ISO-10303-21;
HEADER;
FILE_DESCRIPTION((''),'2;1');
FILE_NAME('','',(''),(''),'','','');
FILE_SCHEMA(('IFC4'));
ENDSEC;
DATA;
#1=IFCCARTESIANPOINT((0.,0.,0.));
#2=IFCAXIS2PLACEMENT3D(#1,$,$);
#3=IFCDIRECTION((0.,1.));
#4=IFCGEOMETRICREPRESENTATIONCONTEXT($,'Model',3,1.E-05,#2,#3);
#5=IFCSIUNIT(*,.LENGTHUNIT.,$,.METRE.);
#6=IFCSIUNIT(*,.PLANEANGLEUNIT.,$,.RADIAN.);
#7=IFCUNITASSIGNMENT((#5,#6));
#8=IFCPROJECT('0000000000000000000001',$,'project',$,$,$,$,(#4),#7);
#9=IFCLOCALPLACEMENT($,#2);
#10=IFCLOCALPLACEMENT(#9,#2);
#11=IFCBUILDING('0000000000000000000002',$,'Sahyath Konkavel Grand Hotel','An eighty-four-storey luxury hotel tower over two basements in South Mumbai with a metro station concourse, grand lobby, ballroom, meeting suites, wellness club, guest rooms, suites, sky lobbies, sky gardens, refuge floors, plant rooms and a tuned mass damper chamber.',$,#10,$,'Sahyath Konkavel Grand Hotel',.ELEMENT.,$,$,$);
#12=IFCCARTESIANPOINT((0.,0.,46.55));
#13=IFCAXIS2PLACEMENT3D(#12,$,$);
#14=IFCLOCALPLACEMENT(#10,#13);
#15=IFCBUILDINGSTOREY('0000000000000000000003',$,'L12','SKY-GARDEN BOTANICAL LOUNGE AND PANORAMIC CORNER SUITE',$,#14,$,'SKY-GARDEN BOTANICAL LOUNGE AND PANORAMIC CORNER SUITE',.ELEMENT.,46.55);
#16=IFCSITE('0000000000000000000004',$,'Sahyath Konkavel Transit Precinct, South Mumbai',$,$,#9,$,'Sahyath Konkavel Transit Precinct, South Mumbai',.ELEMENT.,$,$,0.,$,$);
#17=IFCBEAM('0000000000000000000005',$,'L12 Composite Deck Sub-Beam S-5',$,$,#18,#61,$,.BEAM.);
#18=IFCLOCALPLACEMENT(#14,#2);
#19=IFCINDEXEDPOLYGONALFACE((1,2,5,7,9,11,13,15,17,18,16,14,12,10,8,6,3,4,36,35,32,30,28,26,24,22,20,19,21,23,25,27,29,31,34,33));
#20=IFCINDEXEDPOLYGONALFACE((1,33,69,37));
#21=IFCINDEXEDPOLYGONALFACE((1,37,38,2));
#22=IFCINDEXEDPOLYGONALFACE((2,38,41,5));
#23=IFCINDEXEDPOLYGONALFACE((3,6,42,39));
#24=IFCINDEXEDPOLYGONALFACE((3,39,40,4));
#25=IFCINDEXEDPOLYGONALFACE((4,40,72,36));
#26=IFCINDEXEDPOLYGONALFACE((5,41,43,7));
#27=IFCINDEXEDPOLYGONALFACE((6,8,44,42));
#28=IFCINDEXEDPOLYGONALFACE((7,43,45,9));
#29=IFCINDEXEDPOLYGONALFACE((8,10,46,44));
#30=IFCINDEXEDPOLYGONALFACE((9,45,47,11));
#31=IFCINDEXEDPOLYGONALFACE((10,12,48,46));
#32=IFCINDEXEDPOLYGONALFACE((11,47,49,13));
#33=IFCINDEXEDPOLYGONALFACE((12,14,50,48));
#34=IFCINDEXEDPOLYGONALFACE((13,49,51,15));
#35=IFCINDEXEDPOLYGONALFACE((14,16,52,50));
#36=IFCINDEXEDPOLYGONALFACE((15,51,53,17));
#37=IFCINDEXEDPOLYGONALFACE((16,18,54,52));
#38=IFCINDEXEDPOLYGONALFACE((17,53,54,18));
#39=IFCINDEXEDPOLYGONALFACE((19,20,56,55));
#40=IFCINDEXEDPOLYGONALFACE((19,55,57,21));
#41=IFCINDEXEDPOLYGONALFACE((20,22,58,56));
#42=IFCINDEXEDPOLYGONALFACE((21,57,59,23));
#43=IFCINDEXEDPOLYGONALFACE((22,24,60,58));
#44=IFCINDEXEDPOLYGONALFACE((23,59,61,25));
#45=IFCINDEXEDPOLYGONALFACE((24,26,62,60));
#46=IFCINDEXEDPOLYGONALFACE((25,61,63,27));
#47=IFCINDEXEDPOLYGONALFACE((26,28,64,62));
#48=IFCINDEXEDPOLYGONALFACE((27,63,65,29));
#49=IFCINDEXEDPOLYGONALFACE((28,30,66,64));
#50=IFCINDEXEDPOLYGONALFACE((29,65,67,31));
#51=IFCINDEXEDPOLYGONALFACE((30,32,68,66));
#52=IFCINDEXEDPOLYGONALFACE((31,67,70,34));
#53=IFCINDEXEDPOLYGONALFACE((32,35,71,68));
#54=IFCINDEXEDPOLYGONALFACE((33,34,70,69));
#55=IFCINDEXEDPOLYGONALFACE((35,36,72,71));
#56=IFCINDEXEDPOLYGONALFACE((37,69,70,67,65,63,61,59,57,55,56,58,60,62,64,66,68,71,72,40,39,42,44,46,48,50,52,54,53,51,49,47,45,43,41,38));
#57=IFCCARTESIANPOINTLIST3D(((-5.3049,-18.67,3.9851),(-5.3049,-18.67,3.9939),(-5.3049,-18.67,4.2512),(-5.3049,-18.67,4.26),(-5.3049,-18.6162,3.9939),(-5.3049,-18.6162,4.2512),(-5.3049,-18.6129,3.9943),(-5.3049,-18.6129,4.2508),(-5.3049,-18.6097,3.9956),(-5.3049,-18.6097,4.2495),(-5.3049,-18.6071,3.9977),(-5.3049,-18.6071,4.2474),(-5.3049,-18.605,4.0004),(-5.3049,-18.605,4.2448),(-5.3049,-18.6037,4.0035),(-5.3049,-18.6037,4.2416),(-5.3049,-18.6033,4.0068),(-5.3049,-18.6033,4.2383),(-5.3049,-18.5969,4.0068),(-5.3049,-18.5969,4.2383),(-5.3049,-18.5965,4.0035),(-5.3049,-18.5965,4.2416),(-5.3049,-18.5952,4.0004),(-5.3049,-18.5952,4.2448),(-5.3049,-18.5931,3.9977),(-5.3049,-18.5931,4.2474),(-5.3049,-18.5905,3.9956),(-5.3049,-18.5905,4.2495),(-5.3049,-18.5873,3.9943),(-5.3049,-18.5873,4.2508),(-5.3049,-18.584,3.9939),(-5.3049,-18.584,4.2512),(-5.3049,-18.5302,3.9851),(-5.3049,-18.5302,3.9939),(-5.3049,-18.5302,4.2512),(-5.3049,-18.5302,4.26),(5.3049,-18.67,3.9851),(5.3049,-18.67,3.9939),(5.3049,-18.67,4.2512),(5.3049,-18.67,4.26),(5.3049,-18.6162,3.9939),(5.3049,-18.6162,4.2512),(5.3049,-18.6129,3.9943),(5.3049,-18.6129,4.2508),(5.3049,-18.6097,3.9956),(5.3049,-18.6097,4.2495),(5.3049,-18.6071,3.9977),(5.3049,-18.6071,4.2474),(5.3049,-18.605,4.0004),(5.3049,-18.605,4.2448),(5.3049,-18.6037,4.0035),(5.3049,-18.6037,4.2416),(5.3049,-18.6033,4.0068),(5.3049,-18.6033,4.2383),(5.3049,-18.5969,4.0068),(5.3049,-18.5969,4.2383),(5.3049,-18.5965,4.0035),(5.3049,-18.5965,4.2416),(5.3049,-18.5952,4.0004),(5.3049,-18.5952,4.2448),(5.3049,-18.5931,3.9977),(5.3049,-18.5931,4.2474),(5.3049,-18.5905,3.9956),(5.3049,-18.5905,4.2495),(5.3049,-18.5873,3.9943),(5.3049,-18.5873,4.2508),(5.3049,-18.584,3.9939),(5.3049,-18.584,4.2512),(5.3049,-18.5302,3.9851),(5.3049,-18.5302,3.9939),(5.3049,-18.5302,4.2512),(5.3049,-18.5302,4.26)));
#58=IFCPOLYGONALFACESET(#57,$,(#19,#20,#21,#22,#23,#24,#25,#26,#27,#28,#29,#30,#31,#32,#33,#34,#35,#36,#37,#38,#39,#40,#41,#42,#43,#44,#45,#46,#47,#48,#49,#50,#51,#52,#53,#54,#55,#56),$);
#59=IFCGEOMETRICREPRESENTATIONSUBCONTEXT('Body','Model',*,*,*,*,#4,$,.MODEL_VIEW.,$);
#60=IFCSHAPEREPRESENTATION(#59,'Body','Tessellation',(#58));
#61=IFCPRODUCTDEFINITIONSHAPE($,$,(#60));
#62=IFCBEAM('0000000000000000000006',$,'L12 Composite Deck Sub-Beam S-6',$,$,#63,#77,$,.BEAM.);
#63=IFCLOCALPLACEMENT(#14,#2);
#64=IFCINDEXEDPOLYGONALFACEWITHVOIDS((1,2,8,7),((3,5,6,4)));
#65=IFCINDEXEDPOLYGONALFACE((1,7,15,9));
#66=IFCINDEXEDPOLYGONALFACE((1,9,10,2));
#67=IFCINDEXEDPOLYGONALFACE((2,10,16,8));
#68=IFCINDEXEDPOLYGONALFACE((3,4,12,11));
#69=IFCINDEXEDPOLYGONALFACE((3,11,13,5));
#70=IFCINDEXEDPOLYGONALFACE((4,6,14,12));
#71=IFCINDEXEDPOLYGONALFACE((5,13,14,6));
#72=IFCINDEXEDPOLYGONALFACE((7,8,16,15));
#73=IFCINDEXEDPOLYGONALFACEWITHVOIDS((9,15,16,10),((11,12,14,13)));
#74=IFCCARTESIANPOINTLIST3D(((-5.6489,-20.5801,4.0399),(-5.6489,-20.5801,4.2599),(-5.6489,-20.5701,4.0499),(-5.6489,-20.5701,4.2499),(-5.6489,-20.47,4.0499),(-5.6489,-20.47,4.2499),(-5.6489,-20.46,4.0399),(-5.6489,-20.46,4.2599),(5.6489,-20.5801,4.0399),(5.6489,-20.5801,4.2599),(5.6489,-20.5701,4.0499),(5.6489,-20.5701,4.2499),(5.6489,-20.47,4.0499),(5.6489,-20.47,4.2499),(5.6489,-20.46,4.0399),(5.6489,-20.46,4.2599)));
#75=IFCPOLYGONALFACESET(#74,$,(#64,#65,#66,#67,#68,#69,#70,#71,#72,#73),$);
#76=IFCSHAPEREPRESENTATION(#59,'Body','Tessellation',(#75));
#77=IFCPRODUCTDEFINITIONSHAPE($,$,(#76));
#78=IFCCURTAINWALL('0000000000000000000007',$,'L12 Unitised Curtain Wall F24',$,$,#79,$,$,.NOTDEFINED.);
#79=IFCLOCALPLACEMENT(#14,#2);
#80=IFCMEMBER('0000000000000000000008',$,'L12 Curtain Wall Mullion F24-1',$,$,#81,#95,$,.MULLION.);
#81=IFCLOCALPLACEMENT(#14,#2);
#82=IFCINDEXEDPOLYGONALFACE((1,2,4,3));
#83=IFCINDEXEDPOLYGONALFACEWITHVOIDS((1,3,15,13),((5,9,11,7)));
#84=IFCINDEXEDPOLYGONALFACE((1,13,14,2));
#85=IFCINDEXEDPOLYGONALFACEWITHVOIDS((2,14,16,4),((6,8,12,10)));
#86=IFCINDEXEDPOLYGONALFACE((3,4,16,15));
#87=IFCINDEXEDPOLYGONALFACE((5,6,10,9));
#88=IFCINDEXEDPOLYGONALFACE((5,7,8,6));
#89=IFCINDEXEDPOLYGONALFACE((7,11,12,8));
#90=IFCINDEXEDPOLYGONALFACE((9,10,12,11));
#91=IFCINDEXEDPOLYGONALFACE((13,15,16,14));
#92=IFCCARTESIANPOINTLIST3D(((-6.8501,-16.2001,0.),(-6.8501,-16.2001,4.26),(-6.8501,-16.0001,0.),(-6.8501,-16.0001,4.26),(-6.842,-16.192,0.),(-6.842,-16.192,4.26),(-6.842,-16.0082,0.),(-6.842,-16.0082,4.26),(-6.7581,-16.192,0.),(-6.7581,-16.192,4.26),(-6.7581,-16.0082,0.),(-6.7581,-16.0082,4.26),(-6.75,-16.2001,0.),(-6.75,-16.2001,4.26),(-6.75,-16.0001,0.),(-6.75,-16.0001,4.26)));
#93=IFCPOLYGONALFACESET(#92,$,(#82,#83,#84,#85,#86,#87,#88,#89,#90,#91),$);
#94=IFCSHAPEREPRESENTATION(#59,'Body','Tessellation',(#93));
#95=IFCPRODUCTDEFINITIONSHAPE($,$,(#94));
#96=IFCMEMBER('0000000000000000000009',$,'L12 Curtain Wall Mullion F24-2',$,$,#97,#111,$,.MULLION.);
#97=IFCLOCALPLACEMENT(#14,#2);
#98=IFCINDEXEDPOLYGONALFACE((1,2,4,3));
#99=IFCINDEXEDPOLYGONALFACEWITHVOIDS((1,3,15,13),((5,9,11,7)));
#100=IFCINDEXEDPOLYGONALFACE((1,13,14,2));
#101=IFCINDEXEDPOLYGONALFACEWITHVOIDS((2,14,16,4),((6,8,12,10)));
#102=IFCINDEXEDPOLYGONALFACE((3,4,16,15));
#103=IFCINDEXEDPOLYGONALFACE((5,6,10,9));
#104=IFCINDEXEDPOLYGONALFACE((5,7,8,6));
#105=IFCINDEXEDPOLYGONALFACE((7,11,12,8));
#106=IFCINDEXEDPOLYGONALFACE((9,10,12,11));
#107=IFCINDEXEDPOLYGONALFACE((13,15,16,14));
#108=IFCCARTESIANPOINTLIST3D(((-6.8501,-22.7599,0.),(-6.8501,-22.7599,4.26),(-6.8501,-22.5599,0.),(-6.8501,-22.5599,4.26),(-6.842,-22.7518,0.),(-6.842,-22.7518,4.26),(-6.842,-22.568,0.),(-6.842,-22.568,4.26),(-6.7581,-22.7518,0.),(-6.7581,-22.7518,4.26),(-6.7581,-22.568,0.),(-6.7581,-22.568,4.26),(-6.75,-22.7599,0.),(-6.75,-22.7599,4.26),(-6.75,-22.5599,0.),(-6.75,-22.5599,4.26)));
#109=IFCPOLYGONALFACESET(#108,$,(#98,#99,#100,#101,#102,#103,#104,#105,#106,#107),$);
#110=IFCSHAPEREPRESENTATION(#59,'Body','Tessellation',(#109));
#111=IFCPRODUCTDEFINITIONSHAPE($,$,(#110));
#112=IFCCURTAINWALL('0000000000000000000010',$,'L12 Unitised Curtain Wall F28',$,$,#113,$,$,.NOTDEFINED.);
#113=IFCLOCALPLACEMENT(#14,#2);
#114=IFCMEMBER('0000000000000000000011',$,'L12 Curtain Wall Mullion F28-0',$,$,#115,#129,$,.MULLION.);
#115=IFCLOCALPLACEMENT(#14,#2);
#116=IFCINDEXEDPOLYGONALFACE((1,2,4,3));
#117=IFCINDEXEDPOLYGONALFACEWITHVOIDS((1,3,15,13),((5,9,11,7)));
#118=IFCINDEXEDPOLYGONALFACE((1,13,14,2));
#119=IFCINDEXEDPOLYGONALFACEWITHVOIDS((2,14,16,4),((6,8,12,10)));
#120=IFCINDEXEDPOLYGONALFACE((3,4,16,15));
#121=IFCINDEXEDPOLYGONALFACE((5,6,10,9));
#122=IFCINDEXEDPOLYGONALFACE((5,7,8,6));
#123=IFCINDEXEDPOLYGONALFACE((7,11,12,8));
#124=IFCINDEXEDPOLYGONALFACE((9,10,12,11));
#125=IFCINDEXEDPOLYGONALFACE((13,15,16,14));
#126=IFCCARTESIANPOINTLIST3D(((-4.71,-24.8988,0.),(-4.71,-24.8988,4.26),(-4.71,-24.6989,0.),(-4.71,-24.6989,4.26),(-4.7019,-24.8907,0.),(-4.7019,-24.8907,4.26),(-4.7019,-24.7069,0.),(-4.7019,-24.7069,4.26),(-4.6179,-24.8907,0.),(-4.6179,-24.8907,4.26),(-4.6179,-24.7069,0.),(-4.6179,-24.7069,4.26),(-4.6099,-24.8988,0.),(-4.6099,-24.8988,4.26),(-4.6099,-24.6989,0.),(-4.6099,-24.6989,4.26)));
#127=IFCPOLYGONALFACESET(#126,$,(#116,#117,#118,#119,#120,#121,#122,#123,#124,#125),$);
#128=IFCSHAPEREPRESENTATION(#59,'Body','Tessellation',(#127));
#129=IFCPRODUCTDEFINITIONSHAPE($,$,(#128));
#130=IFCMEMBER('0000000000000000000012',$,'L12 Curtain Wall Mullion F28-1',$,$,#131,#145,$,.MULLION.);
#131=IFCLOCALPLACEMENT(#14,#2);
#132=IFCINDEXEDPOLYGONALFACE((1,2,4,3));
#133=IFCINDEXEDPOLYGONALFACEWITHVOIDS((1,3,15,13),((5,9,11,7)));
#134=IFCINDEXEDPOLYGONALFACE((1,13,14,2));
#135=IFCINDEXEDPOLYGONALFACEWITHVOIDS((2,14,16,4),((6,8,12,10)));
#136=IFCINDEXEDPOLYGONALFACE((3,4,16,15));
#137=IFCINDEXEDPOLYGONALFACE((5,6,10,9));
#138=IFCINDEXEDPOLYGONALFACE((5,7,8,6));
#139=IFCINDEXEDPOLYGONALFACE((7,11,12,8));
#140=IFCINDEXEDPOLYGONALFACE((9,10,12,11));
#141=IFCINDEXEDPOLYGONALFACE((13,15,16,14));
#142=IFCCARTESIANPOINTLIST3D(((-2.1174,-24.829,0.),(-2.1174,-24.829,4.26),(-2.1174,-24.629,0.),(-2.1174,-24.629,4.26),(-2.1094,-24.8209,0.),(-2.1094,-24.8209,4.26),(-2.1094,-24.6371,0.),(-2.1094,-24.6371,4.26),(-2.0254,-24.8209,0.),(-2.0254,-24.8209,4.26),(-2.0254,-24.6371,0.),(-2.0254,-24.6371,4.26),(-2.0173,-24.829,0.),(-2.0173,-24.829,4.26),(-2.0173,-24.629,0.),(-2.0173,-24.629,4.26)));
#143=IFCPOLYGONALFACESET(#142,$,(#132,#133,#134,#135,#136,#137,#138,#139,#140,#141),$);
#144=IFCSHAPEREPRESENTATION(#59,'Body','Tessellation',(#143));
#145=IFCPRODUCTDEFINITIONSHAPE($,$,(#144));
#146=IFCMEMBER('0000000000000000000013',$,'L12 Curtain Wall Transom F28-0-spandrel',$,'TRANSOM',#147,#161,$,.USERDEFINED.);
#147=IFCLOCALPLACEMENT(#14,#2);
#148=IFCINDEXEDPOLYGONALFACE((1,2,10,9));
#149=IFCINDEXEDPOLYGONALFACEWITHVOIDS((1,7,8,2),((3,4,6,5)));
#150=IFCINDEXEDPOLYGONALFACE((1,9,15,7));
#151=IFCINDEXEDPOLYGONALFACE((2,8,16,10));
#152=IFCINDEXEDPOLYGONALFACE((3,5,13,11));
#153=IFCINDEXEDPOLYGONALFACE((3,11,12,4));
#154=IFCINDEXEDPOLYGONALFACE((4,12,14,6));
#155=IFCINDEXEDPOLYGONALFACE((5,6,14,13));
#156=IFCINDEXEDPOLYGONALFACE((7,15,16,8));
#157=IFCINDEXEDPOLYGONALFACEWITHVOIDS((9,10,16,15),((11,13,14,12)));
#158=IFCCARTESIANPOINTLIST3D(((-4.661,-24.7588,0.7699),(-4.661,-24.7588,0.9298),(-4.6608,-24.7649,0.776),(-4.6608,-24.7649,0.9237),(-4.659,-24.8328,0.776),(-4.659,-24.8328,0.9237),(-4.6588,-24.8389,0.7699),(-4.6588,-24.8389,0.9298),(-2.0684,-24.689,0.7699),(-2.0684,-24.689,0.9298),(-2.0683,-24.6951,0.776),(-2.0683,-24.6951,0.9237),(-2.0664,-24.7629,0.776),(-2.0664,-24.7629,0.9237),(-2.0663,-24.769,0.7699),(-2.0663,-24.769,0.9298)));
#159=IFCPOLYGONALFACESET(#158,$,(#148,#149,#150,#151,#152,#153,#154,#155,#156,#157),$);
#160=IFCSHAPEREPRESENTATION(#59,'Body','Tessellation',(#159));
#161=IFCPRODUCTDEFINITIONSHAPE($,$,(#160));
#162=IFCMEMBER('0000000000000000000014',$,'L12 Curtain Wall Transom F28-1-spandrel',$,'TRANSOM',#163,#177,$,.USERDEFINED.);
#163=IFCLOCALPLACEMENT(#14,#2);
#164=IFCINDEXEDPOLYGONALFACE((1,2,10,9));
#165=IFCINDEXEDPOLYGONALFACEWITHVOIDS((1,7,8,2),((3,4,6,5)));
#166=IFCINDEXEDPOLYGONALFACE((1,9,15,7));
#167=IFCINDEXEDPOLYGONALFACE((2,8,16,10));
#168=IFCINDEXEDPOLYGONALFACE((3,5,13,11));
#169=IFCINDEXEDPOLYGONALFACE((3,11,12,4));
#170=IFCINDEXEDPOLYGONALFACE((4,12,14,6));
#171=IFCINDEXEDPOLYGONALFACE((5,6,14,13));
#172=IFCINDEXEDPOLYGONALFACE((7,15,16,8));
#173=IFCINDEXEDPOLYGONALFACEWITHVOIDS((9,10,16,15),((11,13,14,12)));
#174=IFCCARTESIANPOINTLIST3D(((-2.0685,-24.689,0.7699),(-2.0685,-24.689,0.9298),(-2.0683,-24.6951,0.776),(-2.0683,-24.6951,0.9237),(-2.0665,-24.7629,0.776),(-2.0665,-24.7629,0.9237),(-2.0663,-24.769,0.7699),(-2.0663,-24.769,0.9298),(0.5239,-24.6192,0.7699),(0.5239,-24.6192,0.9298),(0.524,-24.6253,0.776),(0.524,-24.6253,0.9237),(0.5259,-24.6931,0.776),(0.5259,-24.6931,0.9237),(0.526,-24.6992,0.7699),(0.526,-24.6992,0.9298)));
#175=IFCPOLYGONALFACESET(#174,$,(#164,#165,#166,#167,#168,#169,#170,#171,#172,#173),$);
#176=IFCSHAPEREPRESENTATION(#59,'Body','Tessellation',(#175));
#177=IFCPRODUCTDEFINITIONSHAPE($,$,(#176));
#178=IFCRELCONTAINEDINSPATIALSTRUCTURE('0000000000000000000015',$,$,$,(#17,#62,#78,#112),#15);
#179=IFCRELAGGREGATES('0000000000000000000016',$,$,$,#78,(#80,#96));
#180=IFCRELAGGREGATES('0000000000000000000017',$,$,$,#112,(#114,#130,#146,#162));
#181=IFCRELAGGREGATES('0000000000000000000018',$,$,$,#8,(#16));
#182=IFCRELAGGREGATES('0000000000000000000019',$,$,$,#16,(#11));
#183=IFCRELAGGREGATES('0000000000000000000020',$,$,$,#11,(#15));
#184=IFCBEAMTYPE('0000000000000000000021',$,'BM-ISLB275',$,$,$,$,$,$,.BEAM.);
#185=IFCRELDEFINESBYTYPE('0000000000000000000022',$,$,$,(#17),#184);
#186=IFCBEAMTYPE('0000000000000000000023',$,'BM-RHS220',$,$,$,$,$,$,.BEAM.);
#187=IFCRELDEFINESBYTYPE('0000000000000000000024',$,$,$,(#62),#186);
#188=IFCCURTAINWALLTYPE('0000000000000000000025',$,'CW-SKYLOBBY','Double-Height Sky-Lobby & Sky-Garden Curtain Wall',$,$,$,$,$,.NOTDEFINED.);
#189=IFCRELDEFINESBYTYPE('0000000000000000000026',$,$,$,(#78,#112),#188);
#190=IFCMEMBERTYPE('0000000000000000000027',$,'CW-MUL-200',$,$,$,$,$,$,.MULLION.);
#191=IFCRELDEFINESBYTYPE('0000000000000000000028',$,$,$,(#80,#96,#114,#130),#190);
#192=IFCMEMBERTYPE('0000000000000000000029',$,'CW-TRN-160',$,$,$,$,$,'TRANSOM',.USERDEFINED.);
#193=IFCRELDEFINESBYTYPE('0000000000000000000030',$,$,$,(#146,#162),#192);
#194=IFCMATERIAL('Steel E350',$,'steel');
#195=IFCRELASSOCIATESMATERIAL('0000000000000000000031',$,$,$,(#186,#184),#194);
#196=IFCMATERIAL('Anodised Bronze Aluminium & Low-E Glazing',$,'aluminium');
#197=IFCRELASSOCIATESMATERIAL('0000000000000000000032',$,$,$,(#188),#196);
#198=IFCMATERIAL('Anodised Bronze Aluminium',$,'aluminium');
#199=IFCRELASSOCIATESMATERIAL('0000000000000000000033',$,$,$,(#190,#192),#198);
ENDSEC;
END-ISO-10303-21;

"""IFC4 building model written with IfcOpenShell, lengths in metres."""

from ifc_helpers import new_model, si_unit, direction, frame, origin, origin_2d, place, context, subcontext, project, spatial, hollow_rectangle, i_section, extrude, source, transform, mapped, material, material_profile, profile_set, type_object, element, aggregate, save


model = new_model("IFC4")

# Units and contexts
model_context = context("Model", 3, precision=1e-05, world=origin(), true_north=direction((0.0, 1.0)))
body_context = subcontext(model_context, "Body", "Model", "MODEL_VIEW")
ifc_project = project(units=[si_unit("LENGTHUNIT", "METRE"), si_unit("PLANEANGLEUNIT", "RADIAN")], contexts=[model_context])

# Site, building, storey
site_placement = place(None, origin())
site = spatial("IfcSite", under=ifc_project, at=site_placement, Name="Sahyath Konkavel Transit Precinct, South Mumbai", LongName="Sahyath Konkavel Transit Precinct, South Mumbai", CompositionType="ELEMENT", RefElevation=0.0)
building_placement = place(site_placement, origin())
building = spatial("IfcBuilding", under=site, at=building_placement, Name="Sahyath Konkavel Grand Hotel", Description="An eighty-four-storey luxury hotel tower over two basements in South Mumbai with a metro station concourse, grand lobby, ballroom, meeting suites, wellness club, guest rooms, suites, sky lobbies, sky gardens, refuge floors, plant rooms and a tuned mass damper chamber.", LongName="Sahyath Konkavel Grand Hotel", CompositionType="ELEMENT")
storey_placement = place(building_placement, frame((0.0, 0.0, 46.55)))
storey = spatial("IfcBuildingStorey", under=building, at=storey_placement, Name="L12", Description="SKY-GARDEN BOTANICAL LOUNGE AND PANORAMIC CORNER SUITE", LongName="SKY-GARDEN BOTANICAL LOUNGE AND PANORAMIC CORNER SUITE", CompositionType="ELEMENT", Elevation=46.55)

# Beams
ifc_material_1 = material(Name="Steel E350", Category="steel")
ifc_material_profile_1 = material_profile(ifc_material_1, hollow_rectangle(XDim=0.1201, YDim=0.22, WallThickness=0.01, at=origin_2d()), Name="RHS 220x120x10")
ifc_profile_set_1 = profile_set([ifc_material_profile_1], Name="Steel E350")
beam_type_1 = type_object("IfcBeamType", Name="BM-RHS220", PredefinedType="BEAM", material=ifc_profile_set_1)
ifc_material_profile_2 = material_profile(ifc_material_1, i_section(OverallWidth=0.1399, OverallDepth=0.2749, WebThickness=0.0063, FlangeThickness=0.0088, FilletRadius=0.0129, at=origin_2d()), Name="ISLB 275")
ifc_profile_set_2 = profile_set([ifc_material_profile_2], Name="Steel E350")
beam_type_2 = type_object("IfcBeamType", Name="BM-ISLB275", PredefinedType="BEAM", material=ifc_profile_set_2)
shared_shape_1 = source(origin(), body_context, "Body", "SweptSolid", [
    extrude(i_section(OverallWidth=0.1399, OverallDepth=0.2749, WebThickness=0.0063, FlangeThickness=0.0088, FilletRadius=0.0129, at=origin_2d()), origin(), (0.0, 0.0, 1.0), 10.6099),
])
beam_1_placement = place(storey_placement, frame((-5.3049, -18.6001, 4.1226), z_axis=(1.0, 0.0, 0.0), x_axis=(0.0, 1.0, 0.0)))
element("IfcBeam", 1, at=beam_1_placement, inside=storey, type_object=beam_type_2, Name="L12 Composite Deck Sub-Beam S-5", PredefinedType="BEAM", context=body_context, shape_type="MappedRepresentation", body=[
    mapped(shared_shape_1, transform((0.0, 0.0, 0.0), scale=1.0)),
])
shared_shape_2 = source(origin(), body_context, "Body", "SweptSolid", [
    extrude(hollow_rectangle(XDim=0.1201, YDim=0.22, WallThickness=0.01, at=origin_2d()), origin(), (0.0, 0.0, 1.0), 11.2979),
])
beam_2_placement = place(storey_placement, frame((-5.6489, -20.52, 4.1499), z_axis=(1.0, 0.0, 0.0), x_axis=(0.0, 1.0, 0.0)))
element("IfcBeam", 2, at=beam_2_placement, inside=storey, type_object=beam_type_1, Name="L12 Composite Deck Sub-Beam S-6", PredefinedType="BEAM", context=body_context, shape_type="MappedRepresentation", body=[
    mapped(shared_shape_2, transform((0.0, 0.0, 0.0), scale=1.0)),
])

# Curtain walls, members
ifc_material_2 = material(Name="Anodised Bronze Aluminium & Low-E Glazing", Category="aluminium")
curtain_wall_type = type_object("IfcCurtainWallType", Name="CW-SKYLOBBY", Description="Double-Height Sky-Lobby & Sky-Garden Curtain Wall", PredefinedType="NOTDEFINED", material=ifc_material_2)
curtain_wall_1_placement = place(storey_placement, origin())
curtain_wall_1 = element("IfcCurtainWall", 3, at=curtain_wall_1_placement, inside=storey, type_object=curtain_wall_type, Name="L12 Unitised Curtain Wall F24", PredefinedType="NOTDEFINED")
ifc_material_3 = material(Name="Anodised Bronze Aluminium", Category="aluminium")
ifc_material_profile_3 = material_profile(ifc_material_3, hollow_rectangle(XDim=0.1001, YDim=0.2, WallThickness=0.0081, at=origin_2d()), Name="RHS 200x100x8")
ifc_profile_set_3 = profile_set([ifc_material_profile_3], Name="Anodised Bronze Aluminium")
member_type_1 = type_object("IfcMemberType", Name="CW-MUL-200", PredefinedType="MULLION", material=ifc_profile_set_3)
shared_shape_3 = source(origin(), body_context, "Body", "SweptSolid", [
    extrude(hollow_rectangle(XDim=0.1001, YDim=0.2, WallThickness=0.0081, at=origin_2d()), origin(), (0.0, 0.0, 1.0), 4.26),
])
member_1_placement = place(storey_placement, frame((-6.8, -16.1001, 0.0), z_axis=(0.0, 0.0, 1.0), x_axis=(1.0, 0.0, 0.0)))
member_1 = element("IfcMember", 4, at=member_1_placement, type_object=member_type_1, Name="L12 Curtain Wall Mullion F24-1", PredefinedType="MULLION", context=body_context, shape_type="MappedRepresentation", body=[
    mapped(shared_shape_3, transform((0.0, 0.0, 0.0), scale=1.0)),
])
member_2_placement = place(storey_placement, frame((-6.8, -22.6599, 0.0), z_axis=(0.0, 0.0, 1.0), x_axis=(1.0, 0.0, 0.0)))
member_2 = element("IfcMember", 5, at=member_2_placement, type_object=member_type_1, Name="L12 Curtain Wall Mullion F24-2", PredefinedType="MULLION", context=body_context, shape_type="MappedRepresentation", body=[
    mapped(shared_shape_3, transform((0.0, 0.0, 0.0), scale=1.0)),
])
curtain_wall_2_placement = place(storey_placement, origin())
curtain_wall_2 = element("IfcCurtainWall", 6, at=curtain_wall_2_placement, inside=storey, type_object=curtain_wall_type, Name="L12 Unitised Curtain Wall F28", PredefinedType="NOTDEFINED")
member_3_placement = place(storey_placement, frame((-4.6599, -24.7988, 0.0), z_axis=(0.0, 0.0, 1.0), x_axis=(1.0, 0.0, 0.0)))
member_3 = element("IfcMember", 7, at=member_3_placement, type_object=member_type_1, Name="L12 Curtain Wall Mullion F28-0", PredefinedType="MULLION", context=body_context, shape_type="MappedRepresentation", body=[
    mapped(shared_shape_3, transform((0.0, 0.0, 0.0), scale=1.0)),
])
member_4_placement = place(storey_placement, frame((-2.0674, -24.729, 0.0), z_axis=(0.0, 0.0, 1.0), x_axis=(1.0, 0.0, 0.0)))
member_4 = element("IfcMember", 8, at=member_4_placement, type_object=member_type_1, Name="L12 Curtain Wall Mullion F28-1", PredefinedType="MULLION", context=body_context, shape_type="MappedRepresentation", body=[
    mapped(shared_shape_3, transform((0.0, 0.0, 0.0), scale=1.0)),
])
ifc_material_profile_4 = material_profile(ifc_material_3, hollow_rectangle(XDim=0.0801, YDim=0.1599, WallThickness=0.0061, at=origin_2d()), Name="RHS 160x80x6")
ifc_profile_set_4 = profile_set([ifc_material_profile_4], Name="Anodised Bronze Aluminium")
member_type_2 = type_object("IfcMemberType", Name="CW-TRN-160", ElementType="TRANSOM", PredefinedType="USERDEFINED", material=ifc_profile_set_4)
shared_shape_4 = source(origin(), body_context, "Body", "SweptSolid", [
    extrude(hollow_rectangle(XDim=0.0801, YDim=0.1599, WallThickness=0.0061, at=origin_2d()), origin(), (0.0, 0.0, 1.0), 2.5935),
])
member_5_placement = place(storey_placement, frame((-4.6599, -24.7988, 0.8499), z_axis=(0.999638, 0.026923, 0.0), x_axis=(-0.026923, 0.999638, 0.0)))
member_5 = element("IfcMember", 9, at=member_5_placement, type_object=member_type_2, Name="L12 Curtain Wall Transom F28-0-spandrel", ObjectType="TRANSOM", PredefinedType="USERDEFINED", context=body_context, shape_type="MappedRepresentation", body=[
    mapped(shared_shape_4, transform((0.0, 0.0, 0.0), scale=1.0)),
])
shared_shape_5 = source(origin(), body_context, "Body", "SweptSolid", [
    extrude(hollow_rectangle(XDim=0.0801, YDim=0.1599, WallThickness=0.0061, at=origin_2d()), origin(), (0.0, 0.0, 1.0), 2.5933),
])
member_6_placement = place(storey_placement, frame((-2.0674, -24.729, 0.8499), z_axis=(0.999637, 0.026926, 0.0), x_axis=(-0.026926, 0.999637, 0.0)))
member_6 = element("IfcMember", 10, at=member_6_placement, type_object=member_type_2, Name="L12 Curtain Wall Transom F28-1-spandrel", ObjectType="TRANSOM", PredefinedType="USERDEFINED", context=body_context, shape_type="MappedRepresentation", body=[
    mapped(shared_shape_5, transform((0.0, 0.0, 0.0), scale=1.0)),
])

aggregate(curtain_wall_1, [member_1, member_2])
aggregate(curtain_wall_2, [member_3, member_4, member_5, member_6])

save(model, "model.ifc")
